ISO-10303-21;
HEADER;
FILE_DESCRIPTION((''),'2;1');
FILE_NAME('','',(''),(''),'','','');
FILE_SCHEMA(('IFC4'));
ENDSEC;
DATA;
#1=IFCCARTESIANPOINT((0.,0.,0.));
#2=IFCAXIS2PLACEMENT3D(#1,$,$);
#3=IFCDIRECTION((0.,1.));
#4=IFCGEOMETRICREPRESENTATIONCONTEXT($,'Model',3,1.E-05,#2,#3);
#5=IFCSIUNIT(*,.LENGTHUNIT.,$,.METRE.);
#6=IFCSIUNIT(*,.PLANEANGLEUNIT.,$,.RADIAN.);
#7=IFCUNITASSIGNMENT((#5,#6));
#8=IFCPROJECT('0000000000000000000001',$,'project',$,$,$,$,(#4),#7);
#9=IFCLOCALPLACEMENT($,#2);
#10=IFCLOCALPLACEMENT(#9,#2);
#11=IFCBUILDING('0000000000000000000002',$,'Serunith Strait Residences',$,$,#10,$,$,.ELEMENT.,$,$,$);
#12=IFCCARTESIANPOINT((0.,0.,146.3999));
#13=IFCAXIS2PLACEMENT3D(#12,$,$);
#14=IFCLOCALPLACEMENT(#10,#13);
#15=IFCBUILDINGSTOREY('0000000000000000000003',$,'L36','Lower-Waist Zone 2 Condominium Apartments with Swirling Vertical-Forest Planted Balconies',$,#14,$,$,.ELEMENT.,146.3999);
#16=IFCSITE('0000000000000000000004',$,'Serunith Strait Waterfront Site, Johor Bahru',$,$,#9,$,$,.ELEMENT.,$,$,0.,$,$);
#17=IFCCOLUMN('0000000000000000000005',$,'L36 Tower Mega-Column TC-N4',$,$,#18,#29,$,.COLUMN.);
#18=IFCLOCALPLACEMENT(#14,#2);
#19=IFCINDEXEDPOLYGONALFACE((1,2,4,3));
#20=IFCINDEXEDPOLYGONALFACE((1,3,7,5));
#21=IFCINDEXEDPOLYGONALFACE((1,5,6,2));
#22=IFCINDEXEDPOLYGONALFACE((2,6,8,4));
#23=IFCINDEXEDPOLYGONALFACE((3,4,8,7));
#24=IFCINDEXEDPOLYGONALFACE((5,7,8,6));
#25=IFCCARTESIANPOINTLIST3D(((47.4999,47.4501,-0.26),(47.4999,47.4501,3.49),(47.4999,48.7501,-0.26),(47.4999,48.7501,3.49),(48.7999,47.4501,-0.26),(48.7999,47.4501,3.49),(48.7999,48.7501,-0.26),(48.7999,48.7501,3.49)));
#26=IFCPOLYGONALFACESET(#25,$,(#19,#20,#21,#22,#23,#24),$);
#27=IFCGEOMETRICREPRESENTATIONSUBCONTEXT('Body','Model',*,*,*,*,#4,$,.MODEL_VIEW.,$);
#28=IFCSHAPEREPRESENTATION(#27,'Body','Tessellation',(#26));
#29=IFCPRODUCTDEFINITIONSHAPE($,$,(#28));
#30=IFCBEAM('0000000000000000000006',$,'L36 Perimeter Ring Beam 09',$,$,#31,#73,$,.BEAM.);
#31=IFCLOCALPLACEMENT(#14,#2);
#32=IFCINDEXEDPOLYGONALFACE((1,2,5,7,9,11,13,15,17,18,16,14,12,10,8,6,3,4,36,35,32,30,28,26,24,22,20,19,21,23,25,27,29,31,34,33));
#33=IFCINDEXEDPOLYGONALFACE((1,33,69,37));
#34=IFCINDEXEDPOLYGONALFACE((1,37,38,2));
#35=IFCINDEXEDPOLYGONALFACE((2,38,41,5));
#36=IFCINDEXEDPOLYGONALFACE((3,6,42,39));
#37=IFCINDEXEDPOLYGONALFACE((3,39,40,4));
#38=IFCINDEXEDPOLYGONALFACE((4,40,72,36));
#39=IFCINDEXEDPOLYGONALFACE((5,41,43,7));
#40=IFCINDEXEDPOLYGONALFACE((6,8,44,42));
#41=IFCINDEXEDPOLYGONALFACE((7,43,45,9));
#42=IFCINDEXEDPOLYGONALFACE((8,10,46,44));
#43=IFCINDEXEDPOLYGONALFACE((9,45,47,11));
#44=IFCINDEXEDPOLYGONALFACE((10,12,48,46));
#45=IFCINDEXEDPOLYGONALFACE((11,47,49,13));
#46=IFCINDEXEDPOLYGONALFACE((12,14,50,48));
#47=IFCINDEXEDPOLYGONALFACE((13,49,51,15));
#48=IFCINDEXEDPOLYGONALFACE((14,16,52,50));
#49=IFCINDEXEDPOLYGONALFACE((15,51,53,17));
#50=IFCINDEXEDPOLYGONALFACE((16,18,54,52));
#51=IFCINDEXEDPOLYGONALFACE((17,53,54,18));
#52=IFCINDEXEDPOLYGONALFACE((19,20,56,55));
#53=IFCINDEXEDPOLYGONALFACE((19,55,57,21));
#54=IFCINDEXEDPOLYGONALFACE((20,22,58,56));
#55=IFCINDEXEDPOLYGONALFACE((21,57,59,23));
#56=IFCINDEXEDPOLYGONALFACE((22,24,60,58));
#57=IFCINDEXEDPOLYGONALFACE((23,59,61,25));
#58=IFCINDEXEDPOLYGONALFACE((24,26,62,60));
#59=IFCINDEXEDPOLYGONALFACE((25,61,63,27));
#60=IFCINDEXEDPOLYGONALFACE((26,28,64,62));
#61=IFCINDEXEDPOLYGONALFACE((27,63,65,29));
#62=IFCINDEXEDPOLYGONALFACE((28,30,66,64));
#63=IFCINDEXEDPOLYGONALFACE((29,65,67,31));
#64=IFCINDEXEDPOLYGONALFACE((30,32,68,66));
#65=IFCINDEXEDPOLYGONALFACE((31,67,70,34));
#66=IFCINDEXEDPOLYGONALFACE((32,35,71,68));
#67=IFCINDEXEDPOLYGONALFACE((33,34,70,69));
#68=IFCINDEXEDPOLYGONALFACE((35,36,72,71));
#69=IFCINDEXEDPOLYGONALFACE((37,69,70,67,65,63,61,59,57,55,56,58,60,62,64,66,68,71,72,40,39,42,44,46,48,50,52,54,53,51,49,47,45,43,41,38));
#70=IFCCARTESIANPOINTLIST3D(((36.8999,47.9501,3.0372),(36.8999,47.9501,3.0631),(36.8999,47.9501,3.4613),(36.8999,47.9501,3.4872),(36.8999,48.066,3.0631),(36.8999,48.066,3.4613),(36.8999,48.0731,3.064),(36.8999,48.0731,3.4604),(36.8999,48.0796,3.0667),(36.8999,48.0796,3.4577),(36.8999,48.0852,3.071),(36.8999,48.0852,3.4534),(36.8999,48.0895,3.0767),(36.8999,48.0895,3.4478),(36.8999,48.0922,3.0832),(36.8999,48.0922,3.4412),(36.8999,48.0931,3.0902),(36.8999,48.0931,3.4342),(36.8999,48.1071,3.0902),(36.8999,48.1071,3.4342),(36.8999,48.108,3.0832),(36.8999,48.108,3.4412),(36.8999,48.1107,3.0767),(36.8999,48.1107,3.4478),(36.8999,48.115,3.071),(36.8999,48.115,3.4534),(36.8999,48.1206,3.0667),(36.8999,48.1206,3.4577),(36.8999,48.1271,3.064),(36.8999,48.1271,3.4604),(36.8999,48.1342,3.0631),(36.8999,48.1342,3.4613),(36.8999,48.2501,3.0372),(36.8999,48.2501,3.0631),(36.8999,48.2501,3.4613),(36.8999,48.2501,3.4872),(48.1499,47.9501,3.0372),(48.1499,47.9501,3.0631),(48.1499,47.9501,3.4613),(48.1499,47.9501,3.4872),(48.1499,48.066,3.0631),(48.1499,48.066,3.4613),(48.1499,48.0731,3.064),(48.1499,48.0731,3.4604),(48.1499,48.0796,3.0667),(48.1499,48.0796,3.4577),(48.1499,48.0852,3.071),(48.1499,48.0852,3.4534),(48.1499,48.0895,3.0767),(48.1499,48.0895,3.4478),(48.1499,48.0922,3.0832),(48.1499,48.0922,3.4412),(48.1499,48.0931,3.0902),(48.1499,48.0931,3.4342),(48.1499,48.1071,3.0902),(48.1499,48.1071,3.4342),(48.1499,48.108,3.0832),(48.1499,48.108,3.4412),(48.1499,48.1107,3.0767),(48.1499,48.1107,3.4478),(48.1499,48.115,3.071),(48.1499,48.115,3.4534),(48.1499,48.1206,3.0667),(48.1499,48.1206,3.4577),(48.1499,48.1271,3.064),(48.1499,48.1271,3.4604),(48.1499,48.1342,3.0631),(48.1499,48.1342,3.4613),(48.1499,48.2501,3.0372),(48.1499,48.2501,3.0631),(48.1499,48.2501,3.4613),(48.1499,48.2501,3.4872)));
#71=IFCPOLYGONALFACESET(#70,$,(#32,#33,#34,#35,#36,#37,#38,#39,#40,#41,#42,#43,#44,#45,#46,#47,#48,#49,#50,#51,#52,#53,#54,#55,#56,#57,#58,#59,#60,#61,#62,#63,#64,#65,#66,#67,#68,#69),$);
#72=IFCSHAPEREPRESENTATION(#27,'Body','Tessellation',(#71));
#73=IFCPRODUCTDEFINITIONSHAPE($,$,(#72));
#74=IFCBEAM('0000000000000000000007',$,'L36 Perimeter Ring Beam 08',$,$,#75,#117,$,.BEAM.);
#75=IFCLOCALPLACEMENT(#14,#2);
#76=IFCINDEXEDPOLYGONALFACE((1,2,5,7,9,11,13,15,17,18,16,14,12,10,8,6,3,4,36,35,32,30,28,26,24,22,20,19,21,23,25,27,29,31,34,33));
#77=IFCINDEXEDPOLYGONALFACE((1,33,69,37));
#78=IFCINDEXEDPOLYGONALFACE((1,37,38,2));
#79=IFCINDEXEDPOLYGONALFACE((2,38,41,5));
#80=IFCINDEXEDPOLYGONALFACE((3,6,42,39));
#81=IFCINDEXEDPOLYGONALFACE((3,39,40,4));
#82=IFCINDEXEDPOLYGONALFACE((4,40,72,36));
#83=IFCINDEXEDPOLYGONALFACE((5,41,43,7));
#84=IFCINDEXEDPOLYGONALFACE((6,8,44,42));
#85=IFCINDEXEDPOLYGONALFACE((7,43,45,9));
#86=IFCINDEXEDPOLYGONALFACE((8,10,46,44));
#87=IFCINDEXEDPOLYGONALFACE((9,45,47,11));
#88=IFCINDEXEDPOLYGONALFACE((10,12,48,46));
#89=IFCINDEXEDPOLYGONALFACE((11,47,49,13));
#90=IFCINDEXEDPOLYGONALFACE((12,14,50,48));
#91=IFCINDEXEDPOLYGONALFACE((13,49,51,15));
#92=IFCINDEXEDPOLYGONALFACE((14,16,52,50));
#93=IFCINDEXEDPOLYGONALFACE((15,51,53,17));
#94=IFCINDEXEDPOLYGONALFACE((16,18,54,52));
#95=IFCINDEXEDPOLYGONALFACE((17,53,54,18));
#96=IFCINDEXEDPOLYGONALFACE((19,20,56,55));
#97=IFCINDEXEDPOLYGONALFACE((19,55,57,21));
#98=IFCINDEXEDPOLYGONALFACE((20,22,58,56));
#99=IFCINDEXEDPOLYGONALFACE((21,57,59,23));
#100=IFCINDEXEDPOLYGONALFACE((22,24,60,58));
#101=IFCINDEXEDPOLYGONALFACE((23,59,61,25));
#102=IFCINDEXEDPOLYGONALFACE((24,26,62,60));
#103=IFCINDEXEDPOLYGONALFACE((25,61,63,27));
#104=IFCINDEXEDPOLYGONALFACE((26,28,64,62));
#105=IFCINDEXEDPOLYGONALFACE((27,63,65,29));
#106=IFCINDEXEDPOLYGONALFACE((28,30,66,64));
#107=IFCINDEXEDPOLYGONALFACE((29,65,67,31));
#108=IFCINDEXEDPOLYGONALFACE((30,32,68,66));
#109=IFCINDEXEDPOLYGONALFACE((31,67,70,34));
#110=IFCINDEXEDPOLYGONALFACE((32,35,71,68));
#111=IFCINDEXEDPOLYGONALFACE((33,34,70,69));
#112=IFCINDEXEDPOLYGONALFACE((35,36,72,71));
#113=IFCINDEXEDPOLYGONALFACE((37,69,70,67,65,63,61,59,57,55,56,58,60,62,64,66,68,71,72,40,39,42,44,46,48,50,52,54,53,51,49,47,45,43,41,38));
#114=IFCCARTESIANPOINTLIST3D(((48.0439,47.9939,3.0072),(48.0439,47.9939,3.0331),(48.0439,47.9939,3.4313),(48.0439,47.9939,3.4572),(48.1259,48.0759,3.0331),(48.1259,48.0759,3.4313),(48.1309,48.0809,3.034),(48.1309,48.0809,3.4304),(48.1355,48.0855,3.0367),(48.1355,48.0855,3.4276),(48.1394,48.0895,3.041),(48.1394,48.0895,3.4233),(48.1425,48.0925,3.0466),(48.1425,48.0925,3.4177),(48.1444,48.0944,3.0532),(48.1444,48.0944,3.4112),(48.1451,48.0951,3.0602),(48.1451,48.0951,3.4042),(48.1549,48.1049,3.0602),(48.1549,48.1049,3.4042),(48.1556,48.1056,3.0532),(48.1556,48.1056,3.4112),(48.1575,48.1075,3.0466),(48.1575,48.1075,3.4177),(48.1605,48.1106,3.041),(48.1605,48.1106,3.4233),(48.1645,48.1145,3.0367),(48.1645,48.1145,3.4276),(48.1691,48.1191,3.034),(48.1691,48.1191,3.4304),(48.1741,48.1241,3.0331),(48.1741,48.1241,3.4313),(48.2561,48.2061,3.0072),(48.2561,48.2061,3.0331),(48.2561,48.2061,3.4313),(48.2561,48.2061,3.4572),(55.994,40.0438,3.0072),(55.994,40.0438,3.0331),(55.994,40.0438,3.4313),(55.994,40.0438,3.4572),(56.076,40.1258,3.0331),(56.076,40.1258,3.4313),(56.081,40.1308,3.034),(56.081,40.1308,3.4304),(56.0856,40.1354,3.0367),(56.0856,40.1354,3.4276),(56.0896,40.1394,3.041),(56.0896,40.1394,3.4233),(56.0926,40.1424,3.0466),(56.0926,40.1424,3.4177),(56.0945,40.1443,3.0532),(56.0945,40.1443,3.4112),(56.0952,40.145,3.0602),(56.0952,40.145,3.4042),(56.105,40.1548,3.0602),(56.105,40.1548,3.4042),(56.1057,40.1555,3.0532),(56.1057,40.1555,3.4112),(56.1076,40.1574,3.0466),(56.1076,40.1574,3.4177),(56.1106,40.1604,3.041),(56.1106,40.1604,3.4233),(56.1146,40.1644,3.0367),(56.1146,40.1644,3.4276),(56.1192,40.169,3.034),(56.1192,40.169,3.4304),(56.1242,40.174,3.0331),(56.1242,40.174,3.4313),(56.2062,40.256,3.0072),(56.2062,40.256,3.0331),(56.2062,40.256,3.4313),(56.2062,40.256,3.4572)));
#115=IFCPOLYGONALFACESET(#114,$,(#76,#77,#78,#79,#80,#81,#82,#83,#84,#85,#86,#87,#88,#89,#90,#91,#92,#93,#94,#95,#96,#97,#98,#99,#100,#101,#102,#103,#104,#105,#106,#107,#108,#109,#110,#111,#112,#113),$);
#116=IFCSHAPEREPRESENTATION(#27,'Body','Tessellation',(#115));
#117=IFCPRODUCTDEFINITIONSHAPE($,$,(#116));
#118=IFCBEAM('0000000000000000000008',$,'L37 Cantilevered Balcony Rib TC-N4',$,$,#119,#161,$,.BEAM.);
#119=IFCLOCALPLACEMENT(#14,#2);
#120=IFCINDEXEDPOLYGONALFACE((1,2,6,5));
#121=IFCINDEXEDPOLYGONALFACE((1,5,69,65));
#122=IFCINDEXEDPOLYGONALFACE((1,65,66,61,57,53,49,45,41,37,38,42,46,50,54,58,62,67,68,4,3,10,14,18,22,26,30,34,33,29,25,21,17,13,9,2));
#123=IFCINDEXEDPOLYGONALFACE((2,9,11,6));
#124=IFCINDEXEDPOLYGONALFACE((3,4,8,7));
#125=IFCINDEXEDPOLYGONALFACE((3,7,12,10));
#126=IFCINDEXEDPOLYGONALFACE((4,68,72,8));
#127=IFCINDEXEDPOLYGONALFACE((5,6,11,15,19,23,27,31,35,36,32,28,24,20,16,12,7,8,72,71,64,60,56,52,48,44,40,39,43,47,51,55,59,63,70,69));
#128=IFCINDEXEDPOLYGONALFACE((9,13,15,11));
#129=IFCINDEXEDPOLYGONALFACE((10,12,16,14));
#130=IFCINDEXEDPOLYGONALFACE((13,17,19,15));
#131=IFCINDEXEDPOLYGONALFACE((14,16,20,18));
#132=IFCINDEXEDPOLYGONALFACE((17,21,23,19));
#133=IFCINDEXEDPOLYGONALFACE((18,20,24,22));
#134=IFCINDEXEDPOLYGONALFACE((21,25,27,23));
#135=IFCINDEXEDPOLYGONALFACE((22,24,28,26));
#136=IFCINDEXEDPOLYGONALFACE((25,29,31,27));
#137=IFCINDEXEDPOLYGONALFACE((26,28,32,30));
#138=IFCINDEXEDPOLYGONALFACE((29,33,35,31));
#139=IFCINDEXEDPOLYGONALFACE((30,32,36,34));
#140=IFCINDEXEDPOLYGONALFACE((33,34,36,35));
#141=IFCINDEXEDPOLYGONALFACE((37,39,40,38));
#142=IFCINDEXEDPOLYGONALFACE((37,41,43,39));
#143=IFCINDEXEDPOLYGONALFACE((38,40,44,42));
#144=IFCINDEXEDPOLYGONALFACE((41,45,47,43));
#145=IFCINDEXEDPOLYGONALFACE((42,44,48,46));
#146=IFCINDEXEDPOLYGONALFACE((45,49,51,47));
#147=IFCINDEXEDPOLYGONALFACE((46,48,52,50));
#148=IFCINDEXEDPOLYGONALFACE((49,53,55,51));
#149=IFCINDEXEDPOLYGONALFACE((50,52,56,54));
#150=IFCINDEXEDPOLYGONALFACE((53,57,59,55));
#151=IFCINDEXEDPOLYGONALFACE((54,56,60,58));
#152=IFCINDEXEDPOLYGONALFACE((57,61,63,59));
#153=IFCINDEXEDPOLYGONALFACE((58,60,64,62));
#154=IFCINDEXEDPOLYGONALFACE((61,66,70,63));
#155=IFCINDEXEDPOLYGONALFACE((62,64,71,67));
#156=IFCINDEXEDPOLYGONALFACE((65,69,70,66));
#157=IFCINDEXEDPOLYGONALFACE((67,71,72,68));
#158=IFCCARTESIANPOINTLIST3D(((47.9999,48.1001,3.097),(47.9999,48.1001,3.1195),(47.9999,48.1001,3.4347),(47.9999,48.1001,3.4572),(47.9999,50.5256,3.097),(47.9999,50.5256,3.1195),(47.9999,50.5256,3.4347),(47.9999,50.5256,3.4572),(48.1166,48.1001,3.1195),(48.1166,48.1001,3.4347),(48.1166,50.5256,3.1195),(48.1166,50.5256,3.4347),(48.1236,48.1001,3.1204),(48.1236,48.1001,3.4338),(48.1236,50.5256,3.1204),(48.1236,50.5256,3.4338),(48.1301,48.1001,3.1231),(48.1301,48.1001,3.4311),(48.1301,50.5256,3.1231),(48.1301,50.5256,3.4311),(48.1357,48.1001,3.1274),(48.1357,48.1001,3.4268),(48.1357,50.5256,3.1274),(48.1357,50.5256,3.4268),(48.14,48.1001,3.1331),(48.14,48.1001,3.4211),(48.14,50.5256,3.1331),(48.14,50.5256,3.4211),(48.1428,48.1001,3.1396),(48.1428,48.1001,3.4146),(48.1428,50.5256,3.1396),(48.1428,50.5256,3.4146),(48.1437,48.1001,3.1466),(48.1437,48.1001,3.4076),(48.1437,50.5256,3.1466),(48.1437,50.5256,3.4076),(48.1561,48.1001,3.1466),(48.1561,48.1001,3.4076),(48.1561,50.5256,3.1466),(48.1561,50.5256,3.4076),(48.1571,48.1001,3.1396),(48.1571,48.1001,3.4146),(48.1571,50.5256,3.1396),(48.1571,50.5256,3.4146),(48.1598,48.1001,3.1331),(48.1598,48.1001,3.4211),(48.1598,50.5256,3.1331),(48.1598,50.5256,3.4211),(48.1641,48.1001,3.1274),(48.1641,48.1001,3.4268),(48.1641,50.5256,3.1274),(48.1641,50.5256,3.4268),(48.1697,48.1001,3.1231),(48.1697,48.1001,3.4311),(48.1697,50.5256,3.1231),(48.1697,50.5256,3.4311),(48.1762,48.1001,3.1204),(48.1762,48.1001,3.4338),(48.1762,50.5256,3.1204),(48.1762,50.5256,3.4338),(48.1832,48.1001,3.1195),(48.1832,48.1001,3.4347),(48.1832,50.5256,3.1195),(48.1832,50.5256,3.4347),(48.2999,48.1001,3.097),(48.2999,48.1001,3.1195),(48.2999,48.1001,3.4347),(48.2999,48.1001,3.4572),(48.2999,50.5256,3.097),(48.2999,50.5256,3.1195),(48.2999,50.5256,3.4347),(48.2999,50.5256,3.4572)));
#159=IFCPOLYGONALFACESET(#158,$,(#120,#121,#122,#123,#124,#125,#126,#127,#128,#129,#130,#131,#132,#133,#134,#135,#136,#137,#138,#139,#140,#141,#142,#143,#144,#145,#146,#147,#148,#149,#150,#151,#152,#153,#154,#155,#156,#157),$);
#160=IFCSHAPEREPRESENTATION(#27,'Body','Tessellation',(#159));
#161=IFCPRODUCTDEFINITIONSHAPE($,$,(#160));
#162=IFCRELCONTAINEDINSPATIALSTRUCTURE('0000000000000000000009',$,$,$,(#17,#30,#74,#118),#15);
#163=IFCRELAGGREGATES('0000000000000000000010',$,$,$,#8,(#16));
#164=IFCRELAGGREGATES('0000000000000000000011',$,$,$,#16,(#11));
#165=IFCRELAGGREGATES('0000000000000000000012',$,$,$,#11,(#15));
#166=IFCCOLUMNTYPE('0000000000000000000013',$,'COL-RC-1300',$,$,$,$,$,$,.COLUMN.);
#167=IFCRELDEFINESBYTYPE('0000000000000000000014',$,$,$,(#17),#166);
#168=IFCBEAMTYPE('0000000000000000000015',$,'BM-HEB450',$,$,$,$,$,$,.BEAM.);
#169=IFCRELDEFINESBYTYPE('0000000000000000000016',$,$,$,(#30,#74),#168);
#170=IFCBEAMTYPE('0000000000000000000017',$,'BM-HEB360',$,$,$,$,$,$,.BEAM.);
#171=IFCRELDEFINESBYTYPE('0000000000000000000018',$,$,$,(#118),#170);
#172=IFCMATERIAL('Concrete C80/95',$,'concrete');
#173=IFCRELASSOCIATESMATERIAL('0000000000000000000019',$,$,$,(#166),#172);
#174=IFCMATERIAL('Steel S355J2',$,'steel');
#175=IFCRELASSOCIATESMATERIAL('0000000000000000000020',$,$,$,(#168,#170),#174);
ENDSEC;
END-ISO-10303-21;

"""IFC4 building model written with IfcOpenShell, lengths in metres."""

from ifc_helpers import new_model, si_unit, direction, frame, origin, origin_2d, place, context, subcontext, project, spatial, rectangle, i_section, extrude, source, transform, mapped, material, material_profile, profile_set, type_object, element, save


model = new_model("IFC4")

# Units and contexts
model_context = context("Model", 3, precision=1e-05, world=origin(), true_north=direction((0.0, 1.0)))
body_context = subcontext(model_context, "Body", "Model", "MODEL_VIEW")
ifc_project = project(units=[si_unit("LENGTHUNIT", "METRE"), si_unit("PLANEANGLEUNIT", "RADIAN")], contexts=[model_context])

# Site, building, storey
site_placement = place(None, origin())
site = spatial("IfcSite", under=ifc_project, at=site_placement, Name="Serunith Strait Waterfront Site, Johor Bahru", CompositionType="ELEMENT", RefElevation=0.0)
building_placement = place(site_placement, origin())
building = spatial("IfcBuilding", under=site, at=building_placement, Name="Serunith Strait Residences", CompositionType="ELEMENT")
storey_placement = place(building_placement, frame((0.0, 0.0, 146.3999)))
storey = spatial("IfcBuildingStorey", under=building, at=storey_placement, Name="L36", Description="Lower-Waist Zone 2 Condominium Apartments with Swirling Vertical-Forest Planted Balconies", CompositionType="ELEMENT", Elevation=146.3999)

# Column
ifc_material_1 = material(Name="Concrete C80/95", Category="concrete")
ifc_material_profile_1 = material_profile(ifc_material_1, rectangle(XDim=1.3, YDim=1.3, at=origin_2d()), Name="RC 1300x1300")
ifc_profile_set_1 = profile_set([ifc_material_profile_1], Name="Concrete C80/95")
column_type = type_object("IfcColumnType", Name="COL-RC-1300", PredefinedType="COLUMN", material=ifc_profile_set_1)
shared_shape_1 = source(origin(), body_context, "Body", "SweptSolid", [
    extrude(rectangle(XDim=1.3, YDim=1.3, at=origin_2d()), origin(), (0.0, 0.0, 1.0), 3.75),
])
column_placement = place(storey_placement, frame((48.1499, 48.1001, -0.26), z_axis=(0.0, 0.0, 1.0), x_axis=(1.0, 0.0, 0.0)))
element("IfcColumn", 1, at=column_placement, inside=storey, type_object=column_type, Name="L36 Tower Mega-Column TC-N4", PredefinedType="COLUMN", context=body_context, shape_type="MappedRepresentation", body=[
    mapped(shared_shape_1, transform((0.0, 0.0, 0.0), scale=1.0)),
])

# Beams
ifc_material_2 = material(Name="Steel S355J2", Category="steel")
ifc_material_profile_2 = material_profile(ifc_material_2, i_section(OverallWidth=0.3, OverallDepth=0.45, WebThickness=0.0139, FlangeThickness=0.0259, FilletRadius=0.0271, at=origin_2d()), Name="HEB 450")
ifc_profile_set_2 = profile_set([ifc_material_profile_2], Name="Steel S355J2")
beam_type_1 = type_object("IfcBeamType", Name="BM-HEB450", PredefinedType="BEAM", material=ifc_profile_set_2)
shared_shape_2 = source(origin(), body_context, "Body", "SweptSolid", [
    extrude(i_section(OverallWidth=0.3, OverallDepth=0.45, WebThickness=0.0139, FlangeThickness=0.0259, FilletRadius=0.0271, at=origin_2d()), origin(), (0.0, 0.0, 1.0), 11.25),
])
beam_1_placement = place(storey_placement, frame((48.1499, 48.1001, 3.2622), z_axis=(-1.0, 0.0, 0.0), x_axis=(0.0, -1.0, 0.0)))
element("IfcBeam", 2, at=beam_1_placement, inside=storey, type_object=beam_type_1, Name="L36 Perimeter Ring Beam 09", PredefinedType="BEAM", context=body_context, shape_type="MappedRepresentation", body=[
    mapped(shared_shape_2, transform((0.0, 0.0, 0.0), scale=1.0)),
])
shared_shape_3 = source(origin(), body_context, "Body", "SweptSolid", [
    extrude(i_section(OverallWidth=0.3, OverallDepth=0.45, WebThickness=0.0139, FlangeThickness=0.0259, FilletRadius=0.0271, at=origin_2d()), origin(), (0.0, 0.0, 1.0), 11.2432),
])
beam_2_placement = place(storey_placement, frame((56.1001, 40.1499, 3.2322), z_axis=(-0.707107, 0.707107, 0.0), x_axis=(-0.707107, -0.707107, 0.0)))
element("IfcBeam", 3, at=beam_2_placement, inside=storey, type_object=beam_type_1, Name="L36 Perimeter Ring Beam 08", PredefinedType="BEAM", context=body_context, shape_type="MappedRepresentation", body=[
    mapped(shared_shape_3, transform((0.0, 0.0, 0.0), scale=1.0)),
])
ifc_material_profile_3 = material_profile(ifc_material_2, i_section(OverallWidth=0.3, OverallDepth=0.3601, WebThickness=0.0125, FlangeThickness=0.0225, FilletRadius=0.0271, at=origin_2d()), Name="HEB 360")
ifc_profile_set_3 = profile_set([ifc_material_profile_3], Name="Steel S355J2")
beam_type_2 = type_object("IfcBeamType", Name="BM-HEB360", PredefinedType="BEAM", material=ifc_profile_set_3)
shared_shape_4 = source(origin(), body_context, "Body", "SweptSolid", [
    extrude(i_section(OverallWidth=0.3, OverallDepth=0.3601, WebThickness=0.0125, FlangeThickness=0.0225, FilletRadius=0.0271, at=origin_2d()), origin(), (0.0, 0.0, 1.0), 2.4255),
])
beam_3_placement = place(storey_placement, frame((48.1499, 48.1001, 3.2771), z_axis=(0.0, 1.0, 0.0), x_axis=(-1.0, 0.0, 0.0)))
element("IfcBeam", 4, at=beam_3_placement, inside=storey, type_object=beam_type_2, Name="L37 Cantilevered Balcony Rib TC-N4", PredefinedType="BEAM", context=body_context, shape_type="MappedRepresentation", body=[
    mapped(shared_shape_4, transform((0.0, 0.0, 0.0), scale=1.0)),
])

save(model, "model.ifc")
